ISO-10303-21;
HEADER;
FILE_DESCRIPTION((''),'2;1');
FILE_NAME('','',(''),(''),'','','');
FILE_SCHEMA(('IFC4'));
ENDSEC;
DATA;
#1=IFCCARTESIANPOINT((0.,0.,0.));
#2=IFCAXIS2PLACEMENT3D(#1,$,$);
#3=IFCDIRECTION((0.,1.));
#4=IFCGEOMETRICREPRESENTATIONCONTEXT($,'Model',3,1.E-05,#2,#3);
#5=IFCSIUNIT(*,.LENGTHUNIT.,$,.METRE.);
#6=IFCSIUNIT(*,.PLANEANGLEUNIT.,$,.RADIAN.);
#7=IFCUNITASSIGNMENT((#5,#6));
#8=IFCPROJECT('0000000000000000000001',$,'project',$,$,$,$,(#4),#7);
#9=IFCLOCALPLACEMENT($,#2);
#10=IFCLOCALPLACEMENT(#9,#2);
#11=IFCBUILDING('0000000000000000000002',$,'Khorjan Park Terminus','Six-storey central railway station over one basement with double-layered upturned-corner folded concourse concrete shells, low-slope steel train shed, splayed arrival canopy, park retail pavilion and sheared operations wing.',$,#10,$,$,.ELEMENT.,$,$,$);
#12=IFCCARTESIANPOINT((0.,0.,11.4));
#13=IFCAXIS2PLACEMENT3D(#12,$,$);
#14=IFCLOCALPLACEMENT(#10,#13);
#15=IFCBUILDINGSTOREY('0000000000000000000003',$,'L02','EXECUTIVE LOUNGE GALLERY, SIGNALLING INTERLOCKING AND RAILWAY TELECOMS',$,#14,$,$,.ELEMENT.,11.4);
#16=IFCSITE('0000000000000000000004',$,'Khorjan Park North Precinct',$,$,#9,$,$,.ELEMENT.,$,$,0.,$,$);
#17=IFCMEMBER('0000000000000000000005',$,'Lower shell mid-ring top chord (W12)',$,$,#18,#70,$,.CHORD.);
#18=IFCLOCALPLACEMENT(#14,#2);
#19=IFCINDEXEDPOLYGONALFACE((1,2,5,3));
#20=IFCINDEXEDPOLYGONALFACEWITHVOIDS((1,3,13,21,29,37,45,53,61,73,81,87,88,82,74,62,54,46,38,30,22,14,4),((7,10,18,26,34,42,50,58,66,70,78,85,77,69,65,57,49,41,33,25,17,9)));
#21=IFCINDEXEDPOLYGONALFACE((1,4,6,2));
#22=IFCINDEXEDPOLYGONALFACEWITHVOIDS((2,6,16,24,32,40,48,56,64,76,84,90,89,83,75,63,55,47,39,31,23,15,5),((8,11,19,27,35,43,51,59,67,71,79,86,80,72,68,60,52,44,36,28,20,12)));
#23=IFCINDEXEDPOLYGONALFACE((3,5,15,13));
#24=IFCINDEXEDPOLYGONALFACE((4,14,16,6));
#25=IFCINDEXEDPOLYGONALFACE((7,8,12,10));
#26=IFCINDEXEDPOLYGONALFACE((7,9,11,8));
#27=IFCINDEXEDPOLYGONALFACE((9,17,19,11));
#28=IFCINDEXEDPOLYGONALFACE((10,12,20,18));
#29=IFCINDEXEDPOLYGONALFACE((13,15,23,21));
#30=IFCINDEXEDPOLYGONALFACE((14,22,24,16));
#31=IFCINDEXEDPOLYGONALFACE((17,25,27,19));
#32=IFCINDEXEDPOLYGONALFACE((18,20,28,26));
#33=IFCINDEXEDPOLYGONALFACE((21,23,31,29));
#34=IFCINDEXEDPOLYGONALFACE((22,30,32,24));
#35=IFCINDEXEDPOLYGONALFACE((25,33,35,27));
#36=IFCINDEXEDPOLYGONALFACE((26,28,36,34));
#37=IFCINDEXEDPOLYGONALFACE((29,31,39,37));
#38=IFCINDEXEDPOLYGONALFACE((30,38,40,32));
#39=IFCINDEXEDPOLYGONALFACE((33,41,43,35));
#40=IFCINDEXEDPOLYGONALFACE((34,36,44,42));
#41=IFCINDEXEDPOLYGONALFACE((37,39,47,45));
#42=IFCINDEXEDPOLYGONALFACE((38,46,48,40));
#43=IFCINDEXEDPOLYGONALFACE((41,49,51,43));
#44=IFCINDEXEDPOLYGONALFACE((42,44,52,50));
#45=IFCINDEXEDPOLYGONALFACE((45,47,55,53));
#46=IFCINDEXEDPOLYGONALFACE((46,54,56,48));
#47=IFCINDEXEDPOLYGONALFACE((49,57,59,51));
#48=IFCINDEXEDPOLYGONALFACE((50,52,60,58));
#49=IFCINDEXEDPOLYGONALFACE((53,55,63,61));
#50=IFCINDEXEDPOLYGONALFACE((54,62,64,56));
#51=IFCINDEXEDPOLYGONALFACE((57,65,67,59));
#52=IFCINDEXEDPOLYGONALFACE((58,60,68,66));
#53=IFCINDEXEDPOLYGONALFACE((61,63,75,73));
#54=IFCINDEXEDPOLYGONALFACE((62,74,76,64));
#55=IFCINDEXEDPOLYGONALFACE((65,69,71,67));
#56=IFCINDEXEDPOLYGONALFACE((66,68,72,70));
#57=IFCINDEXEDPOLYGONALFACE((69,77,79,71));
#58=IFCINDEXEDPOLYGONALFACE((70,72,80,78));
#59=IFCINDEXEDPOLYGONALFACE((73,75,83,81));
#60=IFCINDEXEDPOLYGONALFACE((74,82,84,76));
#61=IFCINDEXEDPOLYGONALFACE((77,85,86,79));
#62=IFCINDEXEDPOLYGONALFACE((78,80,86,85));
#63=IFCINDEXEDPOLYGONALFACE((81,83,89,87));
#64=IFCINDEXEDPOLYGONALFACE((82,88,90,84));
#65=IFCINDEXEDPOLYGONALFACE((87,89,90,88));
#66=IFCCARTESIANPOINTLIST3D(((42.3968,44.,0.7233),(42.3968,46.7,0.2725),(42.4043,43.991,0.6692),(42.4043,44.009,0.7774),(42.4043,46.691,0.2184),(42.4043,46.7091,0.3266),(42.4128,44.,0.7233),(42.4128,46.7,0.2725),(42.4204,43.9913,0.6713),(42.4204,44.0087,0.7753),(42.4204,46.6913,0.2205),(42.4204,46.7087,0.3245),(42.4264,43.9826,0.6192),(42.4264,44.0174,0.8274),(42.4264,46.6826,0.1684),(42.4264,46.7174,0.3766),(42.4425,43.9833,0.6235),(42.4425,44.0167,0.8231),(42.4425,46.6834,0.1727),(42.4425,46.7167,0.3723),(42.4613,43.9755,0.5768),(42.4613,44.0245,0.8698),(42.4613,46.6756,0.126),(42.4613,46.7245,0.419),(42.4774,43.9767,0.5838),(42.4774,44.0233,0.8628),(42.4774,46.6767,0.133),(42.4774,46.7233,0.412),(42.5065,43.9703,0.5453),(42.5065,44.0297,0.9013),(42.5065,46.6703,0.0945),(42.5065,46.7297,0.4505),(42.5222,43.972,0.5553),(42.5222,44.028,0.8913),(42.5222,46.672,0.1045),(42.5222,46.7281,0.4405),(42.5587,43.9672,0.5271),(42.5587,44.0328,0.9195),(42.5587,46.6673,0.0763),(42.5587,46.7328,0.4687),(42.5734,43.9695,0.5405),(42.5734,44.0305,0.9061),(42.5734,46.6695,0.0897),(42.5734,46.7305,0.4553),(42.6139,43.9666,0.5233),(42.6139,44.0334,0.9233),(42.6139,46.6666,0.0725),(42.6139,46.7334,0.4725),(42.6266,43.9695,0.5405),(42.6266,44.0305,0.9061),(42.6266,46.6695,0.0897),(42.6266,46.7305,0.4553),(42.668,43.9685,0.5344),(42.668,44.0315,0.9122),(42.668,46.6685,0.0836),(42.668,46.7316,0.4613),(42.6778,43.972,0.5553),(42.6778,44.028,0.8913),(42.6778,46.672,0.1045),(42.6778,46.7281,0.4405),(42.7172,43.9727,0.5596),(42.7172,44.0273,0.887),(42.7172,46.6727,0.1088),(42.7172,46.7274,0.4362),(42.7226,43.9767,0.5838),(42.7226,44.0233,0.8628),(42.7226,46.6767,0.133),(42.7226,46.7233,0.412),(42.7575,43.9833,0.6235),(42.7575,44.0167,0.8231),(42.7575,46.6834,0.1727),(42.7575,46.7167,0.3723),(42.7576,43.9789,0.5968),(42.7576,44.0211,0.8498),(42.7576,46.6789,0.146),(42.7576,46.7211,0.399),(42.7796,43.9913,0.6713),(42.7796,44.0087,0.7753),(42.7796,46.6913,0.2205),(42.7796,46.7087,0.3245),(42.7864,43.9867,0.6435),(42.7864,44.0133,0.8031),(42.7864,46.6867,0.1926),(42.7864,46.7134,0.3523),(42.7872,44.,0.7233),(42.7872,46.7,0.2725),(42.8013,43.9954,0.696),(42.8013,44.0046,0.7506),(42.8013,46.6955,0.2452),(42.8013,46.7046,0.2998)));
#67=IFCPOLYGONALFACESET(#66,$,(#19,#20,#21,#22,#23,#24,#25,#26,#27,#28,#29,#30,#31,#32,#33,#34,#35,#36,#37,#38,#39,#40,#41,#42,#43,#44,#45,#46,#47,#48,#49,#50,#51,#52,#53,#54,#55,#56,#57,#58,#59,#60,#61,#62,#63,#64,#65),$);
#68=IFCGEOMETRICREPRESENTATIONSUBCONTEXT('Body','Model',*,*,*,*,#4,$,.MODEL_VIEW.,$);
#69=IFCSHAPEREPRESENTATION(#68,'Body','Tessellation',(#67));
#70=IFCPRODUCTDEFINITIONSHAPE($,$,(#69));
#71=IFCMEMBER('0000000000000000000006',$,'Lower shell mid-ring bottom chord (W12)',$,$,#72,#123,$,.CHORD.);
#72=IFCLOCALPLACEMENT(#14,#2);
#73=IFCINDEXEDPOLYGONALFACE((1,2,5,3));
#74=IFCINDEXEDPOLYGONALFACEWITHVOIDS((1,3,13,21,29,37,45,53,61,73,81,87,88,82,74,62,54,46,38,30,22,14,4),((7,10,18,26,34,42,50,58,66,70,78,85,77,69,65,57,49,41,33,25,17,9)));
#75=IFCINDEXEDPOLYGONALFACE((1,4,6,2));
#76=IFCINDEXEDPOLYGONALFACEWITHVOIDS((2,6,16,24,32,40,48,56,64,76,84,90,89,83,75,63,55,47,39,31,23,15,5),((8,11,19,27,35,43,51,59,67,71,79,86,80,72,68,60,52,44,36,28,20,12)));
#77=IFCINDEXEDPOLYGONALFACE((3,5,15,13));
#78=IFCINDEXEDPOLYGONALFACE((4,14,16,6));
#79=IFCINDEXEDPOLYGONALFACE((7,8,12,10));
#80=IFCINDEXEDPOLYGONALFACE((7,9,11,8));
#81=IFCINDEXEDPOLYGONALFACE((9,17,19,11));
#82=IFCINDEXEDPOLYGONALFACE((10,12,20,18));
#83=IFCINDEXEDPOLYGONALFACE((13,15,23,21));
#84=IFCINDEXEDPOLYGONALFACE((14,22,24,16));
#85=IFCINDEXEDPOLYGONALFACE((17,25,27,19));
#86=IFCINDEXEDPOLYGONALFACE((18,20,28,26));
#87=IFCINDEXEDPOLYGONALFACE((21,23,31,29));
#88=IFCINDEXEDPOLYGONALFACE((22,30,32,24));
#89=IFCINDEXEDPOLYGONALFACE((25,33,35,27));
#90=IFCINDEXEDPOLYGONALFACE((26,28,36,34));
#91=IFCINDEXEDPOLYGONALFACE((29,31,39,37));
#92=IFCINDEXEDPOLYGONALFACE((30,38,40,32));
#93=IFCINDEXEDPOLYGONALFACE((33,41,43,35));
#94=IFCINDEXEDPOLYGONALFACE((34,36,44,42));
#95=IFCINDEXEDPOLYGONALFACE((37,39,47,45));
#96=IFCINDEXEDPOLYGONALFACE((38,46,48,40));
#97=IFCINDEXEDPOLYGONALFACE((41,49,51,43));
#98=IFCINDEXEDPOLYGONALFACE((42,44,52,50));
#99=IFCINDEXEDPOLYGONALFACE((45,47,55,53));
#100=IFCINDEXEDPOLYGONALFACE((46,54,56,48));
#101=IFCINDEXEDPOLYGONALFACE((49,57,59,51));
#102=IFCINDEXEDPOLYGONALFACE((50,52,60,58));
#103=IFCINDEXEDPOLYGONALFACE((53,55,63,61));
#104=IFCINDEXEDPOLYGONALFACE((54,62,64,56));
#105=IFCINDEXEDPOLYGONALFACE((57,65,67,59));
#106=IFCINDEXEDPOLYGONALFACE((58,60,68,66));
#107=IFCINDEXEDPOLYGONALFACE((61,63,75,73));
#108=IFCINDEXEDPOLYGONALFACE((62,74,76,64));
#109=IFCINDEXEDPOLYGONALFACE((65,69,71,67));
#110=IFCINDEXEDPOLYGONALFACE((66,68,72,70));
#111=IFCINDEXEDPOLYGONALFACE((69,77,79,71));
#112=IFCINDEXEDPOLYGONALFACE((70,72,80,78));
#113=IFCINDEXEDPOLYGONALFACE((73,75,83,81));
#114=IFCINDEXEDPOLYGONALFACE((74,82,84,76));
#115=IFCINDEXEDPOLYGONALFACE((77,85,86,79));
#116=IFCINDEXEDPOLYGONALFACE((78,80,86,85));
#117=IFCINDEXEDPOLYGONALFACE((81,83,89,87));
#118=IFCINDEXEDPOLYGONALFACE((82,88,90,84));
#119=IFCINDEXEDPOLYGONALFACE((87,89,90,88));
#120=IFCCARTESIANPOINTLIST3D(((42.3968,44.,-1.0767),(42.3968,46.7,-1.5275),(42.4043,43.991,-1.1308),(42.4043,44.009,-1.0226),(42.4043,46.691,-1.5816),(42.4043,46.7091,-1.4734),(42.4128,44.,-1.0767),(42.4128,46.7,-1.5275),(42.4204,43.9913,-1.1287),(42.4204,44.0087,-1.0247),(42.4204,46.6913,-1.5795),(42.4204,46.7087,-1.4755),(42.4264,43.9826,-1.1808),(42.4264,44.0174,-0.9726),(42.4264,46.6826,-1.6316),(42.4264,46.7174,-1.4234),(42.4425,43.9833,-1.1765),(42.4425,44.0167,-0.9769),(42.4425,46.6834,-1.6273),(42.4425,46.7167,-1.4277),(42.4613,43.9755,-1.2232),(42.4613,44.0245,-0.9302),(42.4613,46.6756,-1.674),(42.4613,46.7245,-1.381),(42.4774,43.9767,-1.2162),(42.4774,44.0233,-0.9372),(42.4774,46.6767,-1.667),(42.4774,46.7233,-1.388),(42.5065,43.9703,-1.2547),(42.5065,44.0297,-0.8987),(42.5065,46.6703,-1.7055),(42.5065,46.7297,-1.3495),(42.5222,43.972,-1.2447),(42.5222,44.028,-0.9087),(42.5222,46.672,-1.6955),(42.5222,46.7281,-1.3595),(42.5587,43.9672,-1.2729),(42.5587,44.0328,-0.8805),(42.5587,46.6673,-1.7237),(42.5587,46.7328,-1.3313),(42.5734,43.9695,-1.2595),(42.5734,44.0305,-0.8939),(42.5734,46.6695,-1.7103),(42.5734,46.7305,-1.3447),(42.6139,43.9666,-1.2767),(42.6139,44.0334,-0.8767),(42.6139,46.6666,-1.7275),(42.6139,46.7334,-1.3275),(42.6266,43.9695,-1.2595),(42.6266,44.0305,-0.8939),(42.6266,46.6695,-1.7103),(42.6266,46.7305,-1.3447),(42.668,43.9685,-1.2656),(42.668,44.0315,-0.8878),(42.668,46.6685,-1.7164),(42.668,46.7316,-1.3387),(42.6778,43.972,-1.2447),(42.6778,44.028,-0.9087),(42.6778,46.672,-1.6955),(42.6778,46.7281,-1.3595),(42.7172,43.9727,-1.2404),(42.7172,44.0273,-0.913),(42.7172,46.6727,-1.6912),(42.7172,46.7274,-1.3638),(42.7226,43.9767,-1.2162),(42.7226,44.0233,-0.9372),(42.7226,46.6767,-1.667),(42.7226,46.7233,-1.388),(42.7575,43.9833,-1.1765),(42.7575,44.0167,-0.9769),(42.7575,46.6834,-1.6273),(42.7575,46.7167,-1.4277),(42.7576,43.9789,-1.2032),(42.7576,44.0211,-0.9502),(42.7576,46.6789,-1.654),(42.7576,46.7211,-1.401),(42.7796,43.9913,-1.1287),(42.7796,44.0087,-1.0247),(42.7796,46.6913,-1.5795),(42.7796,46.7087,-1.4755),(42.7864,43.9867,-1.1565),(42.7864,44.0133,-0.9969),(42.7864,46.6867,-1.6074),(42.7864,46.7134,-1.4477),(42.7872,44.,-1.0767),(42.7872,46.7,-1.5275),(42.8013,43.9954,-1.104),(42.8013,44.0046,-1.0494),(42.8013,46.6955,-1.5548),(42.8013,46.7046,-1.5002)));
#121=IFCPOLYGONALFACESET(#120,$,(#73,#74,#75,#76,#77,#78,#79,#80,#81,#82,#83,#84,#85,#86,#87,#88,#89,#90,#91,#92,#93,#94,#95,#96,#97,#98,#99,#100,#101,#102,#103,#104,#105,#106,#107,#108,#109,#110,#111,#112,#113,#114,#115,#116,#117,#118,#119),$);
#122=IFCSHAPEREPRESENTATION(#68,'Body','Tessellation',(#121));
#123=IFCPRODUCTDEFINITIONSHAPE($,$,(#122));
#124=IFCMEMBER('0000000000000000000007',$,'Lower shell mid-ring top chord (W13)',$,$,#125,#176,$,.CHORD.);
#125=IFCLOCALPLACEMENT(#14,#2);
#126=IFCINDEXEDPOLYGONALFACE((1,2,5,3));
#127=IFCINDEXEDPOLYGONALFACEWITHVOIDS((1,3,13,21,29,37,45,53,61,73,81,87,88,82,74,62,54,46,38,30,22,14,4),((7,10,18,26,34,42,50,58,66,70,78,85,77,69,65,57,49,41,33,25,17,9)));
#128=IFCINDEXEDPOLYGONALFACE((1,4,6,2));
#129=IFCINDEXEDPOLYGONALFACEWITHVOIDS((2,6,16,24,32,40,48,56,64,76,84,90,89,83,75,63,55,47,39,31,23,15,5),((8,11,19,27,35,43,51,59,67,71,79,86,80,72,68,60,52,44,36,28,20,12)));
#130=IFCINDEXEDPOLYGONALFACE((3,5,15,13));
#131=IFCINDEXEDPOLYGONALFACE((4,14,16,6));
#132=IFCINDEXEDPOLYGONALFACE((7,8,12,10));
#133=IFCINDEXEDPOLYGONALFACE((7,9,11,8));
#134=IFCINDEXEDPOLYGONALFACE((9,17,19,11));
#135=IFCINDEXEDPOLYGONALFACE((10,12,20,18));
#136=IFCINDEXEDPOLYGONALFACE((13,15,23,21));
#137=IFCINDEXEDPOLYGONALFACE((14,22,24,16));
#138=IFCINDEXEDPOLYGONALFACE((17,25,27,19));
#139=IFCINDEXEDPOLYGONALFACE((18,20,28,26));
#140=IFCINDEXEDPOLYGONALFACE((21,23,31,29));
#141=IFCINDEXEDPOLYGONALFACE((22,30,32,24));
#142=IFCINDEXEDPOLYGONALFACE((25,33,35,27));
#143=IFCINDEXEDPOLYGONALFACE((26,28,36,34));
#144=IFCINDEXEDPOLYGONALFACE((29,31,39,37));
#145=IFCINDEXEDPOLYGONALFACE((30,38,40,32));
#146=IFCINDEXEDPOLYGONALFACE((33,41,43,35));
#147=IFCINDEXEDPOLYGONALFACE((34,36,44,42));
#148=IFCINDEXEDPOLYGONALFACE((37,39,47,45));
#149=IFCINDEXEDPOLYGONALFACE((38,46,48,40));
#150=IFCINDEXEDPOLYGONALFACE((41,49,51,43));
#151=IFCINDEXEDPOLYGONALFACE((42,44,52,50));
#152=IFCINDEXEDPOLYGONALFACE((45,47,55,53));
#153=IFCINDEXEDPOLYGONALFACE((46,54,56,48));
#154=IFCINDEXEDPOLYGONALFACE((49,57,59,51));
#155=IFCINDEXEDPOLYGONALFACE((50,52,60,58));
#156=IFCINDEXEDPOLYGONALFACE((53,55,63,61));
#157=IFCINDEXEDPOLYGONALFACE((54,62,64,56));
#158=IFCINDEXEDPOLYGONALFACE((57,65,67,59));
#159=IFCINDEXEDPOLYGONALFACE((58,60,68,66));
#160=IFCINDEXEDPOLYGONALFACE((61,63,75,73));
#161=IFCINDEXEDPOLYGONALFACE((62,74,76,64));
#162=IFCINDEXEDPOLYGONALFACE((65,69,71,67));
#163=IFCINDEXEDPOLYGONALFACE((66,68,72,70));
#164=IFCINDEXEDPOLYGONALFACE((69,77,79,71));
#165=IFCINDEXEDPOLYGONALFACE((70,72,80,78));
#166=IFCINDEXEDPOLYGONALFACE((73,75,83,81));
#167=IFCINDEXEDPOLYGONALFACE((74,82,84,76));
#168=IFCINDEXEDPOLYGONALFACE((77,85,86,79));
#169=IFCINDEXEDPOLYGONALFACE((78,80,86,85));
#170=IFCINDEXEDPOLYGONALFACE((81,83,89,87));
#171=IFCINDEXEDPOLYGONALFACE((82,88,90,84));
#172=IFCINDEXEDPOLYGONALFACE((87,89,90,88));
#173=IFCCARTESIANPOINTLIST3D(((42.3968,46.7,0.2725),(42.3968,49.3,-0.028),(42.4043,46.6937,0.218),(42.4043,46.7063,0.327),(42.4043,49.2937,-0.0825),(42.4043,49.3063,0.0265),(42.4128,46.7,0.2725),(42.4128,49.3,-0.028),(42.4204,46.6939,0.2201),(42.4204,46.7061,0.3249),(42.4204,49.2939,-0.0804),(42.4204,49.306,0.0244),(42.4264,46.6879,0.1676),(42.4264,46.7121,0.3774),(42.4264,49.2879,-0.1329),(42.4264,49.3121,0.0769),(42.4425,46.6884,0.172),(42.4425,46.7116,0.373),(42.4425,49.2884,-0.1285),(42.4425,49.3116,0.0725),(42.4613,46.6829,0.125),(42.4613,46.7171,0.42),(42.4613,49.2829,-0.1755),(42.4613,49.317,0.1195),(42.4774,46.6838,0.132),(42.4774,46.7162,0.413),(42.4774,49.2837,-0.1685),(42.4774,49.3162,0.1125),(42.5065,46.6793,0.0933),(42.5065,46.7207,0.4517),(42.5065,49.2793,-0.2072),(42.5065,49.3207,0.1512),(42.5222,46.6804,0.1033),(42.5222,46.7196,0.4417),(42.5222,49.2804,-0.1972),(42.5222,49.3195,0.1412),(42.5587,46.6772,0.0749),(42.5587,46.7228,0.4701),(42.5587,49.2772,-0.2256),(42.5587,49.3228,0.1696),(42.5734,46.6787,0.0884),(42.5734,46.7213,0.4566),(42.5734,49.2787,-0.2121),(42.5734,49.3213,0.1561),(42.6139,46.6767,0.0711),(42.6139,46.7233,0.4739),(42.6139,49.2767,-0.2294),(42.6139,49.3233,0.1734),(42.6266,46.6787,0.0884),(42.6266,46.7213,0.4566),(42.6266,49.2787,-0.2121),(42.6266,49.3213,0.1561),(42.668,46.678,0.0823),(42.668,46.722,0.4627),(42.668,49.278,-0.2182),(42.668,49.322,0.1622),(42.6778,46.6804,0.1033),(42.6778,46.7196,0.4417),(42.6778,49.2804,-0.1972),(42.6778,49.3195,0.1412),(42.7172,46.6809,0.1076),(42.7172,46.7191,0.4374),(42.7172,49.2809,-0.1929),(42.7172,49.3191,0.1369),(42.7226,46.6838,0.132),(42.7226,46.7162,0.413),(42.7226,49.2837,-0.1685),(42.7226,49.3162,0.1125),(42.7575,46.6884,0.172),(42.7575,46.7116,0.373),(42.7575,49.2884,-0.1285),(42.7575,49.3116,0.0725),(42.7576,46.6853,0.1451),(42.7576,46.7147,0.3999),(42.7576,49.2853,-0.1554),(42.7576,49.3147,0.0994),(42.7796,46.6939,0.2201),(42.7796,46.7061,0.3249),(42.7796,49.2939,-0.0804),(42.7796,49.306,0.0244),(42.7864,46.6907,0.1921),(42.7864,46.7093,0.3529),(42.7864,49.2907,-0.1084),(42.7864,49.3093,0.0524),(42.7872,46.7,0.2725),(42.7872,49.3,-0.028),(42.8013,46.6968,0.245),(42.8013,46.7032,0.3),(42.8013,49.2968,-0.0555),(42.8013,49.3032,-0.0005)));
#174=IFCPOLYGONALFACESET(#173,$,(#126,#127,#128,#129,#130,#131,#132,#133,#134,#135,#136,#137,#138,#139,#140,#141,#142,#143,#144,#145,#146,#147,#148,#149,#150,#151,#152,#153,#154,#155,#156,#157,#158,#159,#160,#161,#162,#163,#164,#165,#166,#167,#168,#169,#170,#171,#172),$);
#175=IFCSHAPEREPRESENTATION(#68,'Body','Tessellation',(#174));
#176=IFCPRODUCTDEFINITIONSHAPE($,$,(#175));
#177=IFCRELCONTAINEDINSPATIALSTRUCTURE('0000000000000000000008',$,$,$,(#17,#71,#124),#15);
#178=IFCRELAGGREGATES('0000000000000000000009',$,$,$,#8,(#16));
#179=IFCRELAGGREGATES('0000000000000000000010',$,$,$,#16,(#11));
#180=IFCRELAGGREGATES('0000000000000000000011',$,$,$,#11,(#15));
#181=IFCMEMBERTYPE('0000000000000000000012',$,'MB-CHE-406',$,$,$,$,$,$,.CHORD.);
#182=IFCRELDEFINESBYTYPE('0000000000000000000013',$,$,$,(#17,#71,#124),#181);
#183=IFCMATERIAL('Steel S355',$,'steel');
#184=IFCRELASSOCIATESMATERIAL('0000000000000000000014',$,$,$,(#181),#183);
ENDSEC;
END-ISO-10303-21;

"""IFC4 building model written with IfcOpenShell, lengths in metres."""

from ifc_helpers import new_model, si_unit, direction, frame, origin, origin_2d, place, context, subcontext, project, spatial, hollow_circle, extrude, material, material_profile, profile_set, type_object, element, save


model = new_model("IFC4")

# Units and contexts
model_context = context("Model", 3, precision=1e-05, world=origin(), true_north=direction((0.0, 1.0)))
body_context = subcontext(model_context, "Body", "Model", "MODEL_VIEW")
ifc_project = project(units=[si_unit("LENGTHUNIT", "METRE"), si_unit("PLANEANGLEUNIT", "RADIAN")], contexts=[model_context])

# Site, building, storey
site_placement = place(None, origin())
site = spatial("IfcSite", under=ifc_project, at=site_placement, Name="Khorjan Park North Precinct", CompositionType="ELEMENT", RefElevation=0.0)
building_placement = place(site_placement, origin())
building = spatial("IfcBuilding", under=site, at=building_placement, Name="Khorjan Park Terminus", Description="Six-storey central railway station over one basement with double-layered upturned-corner folded concourse concrete shells, low-slope steel train shed, splayed arrival canopy, park retail pavilion and sheared operations wing.", CompositionType="ELEMENT")
storey_placement = place(building_placement, frame((0.0, 0.0, 11.4)))
storey = spatial("IfcBuildingStorey", under=building, at=storey_placement, Name="L02", Description="EXECUTIVE LOUNGE GALLERY, SIGNALLING INTERLOCKING AND RAILWAY TELECOMS", CompositionType="ELEMENT", Elevation=11.4)

# Members
ifc_material_1 = material(Name="Steel S355", Category="steel")
ifc_material_profile_1 = material_profile(ifc_material_1, hollow_circle(Radius=0.2032, WallThickness=0.016, at=origin_2d()), Name="CHS 406.4x16")
ifc_profile_set_1 = profile_set([ifc_material_profile_1], Name="Steel S355")
member_type_1 = type_object("IfcMemberType", Name="MB-CHE-406", PredefinedType="CHORD", material=ifc_profile_set_1)
for number, where, z_axis, x_axis, name in (
    (1, (42.6, 44.0, 0.7233), (0.0, 0.986346, -0.164683), (-1.0, 0.0, 0.0), "Lower shell mid-ring top chord (W12)"),
    (2, (42.6, 44.0, -1.0767), (0.0, 0.986346, -0.164683), (-1.0, 0.0, 0.0), "Lower shell mid-ring bottom chord (W12)"),
):
    element("IfcMember", number, at=place(storey_placement, frame(where, z_axis=z_axis, x_axis=x_axis)), inside=storey, type_object=member_type_1, Name=name, PredefinedType="CHORD", context=body_context, shape_type="SweptSolid", body=[
        extrude(hollow_circle(Radius=0.2032, WallThickness=0.016, at=origin_2d()), origin(), (0.0, 0.0, 1.0), 2.7374),
    ])
for number, where, z_axis, x_axis, name in (
    (3, (42.6, 46.7, 0.2725), (0.0, 0.993387, -0.114813), (-1.0, 0.0, 0.0), "Lower shell mid-ring top chord (W13)"),
):
    element("IfcMember", number, at=place(storey_placement, frame(where, z_axis=z_axis, x_axis=x_axis)), inside=storey, type_object=member_type_1, Name=name, PredefinedType="CHORD", context=body_context, shape_type="SweptSolid", body=[
        extrude(hollow_circle(Radius=0.2032, WallThickness=0.016, at=origin_2d()), origin(), (0.0, 0.0, 1.0), 2.6173),
    ])

save(model, "model.ifc")
